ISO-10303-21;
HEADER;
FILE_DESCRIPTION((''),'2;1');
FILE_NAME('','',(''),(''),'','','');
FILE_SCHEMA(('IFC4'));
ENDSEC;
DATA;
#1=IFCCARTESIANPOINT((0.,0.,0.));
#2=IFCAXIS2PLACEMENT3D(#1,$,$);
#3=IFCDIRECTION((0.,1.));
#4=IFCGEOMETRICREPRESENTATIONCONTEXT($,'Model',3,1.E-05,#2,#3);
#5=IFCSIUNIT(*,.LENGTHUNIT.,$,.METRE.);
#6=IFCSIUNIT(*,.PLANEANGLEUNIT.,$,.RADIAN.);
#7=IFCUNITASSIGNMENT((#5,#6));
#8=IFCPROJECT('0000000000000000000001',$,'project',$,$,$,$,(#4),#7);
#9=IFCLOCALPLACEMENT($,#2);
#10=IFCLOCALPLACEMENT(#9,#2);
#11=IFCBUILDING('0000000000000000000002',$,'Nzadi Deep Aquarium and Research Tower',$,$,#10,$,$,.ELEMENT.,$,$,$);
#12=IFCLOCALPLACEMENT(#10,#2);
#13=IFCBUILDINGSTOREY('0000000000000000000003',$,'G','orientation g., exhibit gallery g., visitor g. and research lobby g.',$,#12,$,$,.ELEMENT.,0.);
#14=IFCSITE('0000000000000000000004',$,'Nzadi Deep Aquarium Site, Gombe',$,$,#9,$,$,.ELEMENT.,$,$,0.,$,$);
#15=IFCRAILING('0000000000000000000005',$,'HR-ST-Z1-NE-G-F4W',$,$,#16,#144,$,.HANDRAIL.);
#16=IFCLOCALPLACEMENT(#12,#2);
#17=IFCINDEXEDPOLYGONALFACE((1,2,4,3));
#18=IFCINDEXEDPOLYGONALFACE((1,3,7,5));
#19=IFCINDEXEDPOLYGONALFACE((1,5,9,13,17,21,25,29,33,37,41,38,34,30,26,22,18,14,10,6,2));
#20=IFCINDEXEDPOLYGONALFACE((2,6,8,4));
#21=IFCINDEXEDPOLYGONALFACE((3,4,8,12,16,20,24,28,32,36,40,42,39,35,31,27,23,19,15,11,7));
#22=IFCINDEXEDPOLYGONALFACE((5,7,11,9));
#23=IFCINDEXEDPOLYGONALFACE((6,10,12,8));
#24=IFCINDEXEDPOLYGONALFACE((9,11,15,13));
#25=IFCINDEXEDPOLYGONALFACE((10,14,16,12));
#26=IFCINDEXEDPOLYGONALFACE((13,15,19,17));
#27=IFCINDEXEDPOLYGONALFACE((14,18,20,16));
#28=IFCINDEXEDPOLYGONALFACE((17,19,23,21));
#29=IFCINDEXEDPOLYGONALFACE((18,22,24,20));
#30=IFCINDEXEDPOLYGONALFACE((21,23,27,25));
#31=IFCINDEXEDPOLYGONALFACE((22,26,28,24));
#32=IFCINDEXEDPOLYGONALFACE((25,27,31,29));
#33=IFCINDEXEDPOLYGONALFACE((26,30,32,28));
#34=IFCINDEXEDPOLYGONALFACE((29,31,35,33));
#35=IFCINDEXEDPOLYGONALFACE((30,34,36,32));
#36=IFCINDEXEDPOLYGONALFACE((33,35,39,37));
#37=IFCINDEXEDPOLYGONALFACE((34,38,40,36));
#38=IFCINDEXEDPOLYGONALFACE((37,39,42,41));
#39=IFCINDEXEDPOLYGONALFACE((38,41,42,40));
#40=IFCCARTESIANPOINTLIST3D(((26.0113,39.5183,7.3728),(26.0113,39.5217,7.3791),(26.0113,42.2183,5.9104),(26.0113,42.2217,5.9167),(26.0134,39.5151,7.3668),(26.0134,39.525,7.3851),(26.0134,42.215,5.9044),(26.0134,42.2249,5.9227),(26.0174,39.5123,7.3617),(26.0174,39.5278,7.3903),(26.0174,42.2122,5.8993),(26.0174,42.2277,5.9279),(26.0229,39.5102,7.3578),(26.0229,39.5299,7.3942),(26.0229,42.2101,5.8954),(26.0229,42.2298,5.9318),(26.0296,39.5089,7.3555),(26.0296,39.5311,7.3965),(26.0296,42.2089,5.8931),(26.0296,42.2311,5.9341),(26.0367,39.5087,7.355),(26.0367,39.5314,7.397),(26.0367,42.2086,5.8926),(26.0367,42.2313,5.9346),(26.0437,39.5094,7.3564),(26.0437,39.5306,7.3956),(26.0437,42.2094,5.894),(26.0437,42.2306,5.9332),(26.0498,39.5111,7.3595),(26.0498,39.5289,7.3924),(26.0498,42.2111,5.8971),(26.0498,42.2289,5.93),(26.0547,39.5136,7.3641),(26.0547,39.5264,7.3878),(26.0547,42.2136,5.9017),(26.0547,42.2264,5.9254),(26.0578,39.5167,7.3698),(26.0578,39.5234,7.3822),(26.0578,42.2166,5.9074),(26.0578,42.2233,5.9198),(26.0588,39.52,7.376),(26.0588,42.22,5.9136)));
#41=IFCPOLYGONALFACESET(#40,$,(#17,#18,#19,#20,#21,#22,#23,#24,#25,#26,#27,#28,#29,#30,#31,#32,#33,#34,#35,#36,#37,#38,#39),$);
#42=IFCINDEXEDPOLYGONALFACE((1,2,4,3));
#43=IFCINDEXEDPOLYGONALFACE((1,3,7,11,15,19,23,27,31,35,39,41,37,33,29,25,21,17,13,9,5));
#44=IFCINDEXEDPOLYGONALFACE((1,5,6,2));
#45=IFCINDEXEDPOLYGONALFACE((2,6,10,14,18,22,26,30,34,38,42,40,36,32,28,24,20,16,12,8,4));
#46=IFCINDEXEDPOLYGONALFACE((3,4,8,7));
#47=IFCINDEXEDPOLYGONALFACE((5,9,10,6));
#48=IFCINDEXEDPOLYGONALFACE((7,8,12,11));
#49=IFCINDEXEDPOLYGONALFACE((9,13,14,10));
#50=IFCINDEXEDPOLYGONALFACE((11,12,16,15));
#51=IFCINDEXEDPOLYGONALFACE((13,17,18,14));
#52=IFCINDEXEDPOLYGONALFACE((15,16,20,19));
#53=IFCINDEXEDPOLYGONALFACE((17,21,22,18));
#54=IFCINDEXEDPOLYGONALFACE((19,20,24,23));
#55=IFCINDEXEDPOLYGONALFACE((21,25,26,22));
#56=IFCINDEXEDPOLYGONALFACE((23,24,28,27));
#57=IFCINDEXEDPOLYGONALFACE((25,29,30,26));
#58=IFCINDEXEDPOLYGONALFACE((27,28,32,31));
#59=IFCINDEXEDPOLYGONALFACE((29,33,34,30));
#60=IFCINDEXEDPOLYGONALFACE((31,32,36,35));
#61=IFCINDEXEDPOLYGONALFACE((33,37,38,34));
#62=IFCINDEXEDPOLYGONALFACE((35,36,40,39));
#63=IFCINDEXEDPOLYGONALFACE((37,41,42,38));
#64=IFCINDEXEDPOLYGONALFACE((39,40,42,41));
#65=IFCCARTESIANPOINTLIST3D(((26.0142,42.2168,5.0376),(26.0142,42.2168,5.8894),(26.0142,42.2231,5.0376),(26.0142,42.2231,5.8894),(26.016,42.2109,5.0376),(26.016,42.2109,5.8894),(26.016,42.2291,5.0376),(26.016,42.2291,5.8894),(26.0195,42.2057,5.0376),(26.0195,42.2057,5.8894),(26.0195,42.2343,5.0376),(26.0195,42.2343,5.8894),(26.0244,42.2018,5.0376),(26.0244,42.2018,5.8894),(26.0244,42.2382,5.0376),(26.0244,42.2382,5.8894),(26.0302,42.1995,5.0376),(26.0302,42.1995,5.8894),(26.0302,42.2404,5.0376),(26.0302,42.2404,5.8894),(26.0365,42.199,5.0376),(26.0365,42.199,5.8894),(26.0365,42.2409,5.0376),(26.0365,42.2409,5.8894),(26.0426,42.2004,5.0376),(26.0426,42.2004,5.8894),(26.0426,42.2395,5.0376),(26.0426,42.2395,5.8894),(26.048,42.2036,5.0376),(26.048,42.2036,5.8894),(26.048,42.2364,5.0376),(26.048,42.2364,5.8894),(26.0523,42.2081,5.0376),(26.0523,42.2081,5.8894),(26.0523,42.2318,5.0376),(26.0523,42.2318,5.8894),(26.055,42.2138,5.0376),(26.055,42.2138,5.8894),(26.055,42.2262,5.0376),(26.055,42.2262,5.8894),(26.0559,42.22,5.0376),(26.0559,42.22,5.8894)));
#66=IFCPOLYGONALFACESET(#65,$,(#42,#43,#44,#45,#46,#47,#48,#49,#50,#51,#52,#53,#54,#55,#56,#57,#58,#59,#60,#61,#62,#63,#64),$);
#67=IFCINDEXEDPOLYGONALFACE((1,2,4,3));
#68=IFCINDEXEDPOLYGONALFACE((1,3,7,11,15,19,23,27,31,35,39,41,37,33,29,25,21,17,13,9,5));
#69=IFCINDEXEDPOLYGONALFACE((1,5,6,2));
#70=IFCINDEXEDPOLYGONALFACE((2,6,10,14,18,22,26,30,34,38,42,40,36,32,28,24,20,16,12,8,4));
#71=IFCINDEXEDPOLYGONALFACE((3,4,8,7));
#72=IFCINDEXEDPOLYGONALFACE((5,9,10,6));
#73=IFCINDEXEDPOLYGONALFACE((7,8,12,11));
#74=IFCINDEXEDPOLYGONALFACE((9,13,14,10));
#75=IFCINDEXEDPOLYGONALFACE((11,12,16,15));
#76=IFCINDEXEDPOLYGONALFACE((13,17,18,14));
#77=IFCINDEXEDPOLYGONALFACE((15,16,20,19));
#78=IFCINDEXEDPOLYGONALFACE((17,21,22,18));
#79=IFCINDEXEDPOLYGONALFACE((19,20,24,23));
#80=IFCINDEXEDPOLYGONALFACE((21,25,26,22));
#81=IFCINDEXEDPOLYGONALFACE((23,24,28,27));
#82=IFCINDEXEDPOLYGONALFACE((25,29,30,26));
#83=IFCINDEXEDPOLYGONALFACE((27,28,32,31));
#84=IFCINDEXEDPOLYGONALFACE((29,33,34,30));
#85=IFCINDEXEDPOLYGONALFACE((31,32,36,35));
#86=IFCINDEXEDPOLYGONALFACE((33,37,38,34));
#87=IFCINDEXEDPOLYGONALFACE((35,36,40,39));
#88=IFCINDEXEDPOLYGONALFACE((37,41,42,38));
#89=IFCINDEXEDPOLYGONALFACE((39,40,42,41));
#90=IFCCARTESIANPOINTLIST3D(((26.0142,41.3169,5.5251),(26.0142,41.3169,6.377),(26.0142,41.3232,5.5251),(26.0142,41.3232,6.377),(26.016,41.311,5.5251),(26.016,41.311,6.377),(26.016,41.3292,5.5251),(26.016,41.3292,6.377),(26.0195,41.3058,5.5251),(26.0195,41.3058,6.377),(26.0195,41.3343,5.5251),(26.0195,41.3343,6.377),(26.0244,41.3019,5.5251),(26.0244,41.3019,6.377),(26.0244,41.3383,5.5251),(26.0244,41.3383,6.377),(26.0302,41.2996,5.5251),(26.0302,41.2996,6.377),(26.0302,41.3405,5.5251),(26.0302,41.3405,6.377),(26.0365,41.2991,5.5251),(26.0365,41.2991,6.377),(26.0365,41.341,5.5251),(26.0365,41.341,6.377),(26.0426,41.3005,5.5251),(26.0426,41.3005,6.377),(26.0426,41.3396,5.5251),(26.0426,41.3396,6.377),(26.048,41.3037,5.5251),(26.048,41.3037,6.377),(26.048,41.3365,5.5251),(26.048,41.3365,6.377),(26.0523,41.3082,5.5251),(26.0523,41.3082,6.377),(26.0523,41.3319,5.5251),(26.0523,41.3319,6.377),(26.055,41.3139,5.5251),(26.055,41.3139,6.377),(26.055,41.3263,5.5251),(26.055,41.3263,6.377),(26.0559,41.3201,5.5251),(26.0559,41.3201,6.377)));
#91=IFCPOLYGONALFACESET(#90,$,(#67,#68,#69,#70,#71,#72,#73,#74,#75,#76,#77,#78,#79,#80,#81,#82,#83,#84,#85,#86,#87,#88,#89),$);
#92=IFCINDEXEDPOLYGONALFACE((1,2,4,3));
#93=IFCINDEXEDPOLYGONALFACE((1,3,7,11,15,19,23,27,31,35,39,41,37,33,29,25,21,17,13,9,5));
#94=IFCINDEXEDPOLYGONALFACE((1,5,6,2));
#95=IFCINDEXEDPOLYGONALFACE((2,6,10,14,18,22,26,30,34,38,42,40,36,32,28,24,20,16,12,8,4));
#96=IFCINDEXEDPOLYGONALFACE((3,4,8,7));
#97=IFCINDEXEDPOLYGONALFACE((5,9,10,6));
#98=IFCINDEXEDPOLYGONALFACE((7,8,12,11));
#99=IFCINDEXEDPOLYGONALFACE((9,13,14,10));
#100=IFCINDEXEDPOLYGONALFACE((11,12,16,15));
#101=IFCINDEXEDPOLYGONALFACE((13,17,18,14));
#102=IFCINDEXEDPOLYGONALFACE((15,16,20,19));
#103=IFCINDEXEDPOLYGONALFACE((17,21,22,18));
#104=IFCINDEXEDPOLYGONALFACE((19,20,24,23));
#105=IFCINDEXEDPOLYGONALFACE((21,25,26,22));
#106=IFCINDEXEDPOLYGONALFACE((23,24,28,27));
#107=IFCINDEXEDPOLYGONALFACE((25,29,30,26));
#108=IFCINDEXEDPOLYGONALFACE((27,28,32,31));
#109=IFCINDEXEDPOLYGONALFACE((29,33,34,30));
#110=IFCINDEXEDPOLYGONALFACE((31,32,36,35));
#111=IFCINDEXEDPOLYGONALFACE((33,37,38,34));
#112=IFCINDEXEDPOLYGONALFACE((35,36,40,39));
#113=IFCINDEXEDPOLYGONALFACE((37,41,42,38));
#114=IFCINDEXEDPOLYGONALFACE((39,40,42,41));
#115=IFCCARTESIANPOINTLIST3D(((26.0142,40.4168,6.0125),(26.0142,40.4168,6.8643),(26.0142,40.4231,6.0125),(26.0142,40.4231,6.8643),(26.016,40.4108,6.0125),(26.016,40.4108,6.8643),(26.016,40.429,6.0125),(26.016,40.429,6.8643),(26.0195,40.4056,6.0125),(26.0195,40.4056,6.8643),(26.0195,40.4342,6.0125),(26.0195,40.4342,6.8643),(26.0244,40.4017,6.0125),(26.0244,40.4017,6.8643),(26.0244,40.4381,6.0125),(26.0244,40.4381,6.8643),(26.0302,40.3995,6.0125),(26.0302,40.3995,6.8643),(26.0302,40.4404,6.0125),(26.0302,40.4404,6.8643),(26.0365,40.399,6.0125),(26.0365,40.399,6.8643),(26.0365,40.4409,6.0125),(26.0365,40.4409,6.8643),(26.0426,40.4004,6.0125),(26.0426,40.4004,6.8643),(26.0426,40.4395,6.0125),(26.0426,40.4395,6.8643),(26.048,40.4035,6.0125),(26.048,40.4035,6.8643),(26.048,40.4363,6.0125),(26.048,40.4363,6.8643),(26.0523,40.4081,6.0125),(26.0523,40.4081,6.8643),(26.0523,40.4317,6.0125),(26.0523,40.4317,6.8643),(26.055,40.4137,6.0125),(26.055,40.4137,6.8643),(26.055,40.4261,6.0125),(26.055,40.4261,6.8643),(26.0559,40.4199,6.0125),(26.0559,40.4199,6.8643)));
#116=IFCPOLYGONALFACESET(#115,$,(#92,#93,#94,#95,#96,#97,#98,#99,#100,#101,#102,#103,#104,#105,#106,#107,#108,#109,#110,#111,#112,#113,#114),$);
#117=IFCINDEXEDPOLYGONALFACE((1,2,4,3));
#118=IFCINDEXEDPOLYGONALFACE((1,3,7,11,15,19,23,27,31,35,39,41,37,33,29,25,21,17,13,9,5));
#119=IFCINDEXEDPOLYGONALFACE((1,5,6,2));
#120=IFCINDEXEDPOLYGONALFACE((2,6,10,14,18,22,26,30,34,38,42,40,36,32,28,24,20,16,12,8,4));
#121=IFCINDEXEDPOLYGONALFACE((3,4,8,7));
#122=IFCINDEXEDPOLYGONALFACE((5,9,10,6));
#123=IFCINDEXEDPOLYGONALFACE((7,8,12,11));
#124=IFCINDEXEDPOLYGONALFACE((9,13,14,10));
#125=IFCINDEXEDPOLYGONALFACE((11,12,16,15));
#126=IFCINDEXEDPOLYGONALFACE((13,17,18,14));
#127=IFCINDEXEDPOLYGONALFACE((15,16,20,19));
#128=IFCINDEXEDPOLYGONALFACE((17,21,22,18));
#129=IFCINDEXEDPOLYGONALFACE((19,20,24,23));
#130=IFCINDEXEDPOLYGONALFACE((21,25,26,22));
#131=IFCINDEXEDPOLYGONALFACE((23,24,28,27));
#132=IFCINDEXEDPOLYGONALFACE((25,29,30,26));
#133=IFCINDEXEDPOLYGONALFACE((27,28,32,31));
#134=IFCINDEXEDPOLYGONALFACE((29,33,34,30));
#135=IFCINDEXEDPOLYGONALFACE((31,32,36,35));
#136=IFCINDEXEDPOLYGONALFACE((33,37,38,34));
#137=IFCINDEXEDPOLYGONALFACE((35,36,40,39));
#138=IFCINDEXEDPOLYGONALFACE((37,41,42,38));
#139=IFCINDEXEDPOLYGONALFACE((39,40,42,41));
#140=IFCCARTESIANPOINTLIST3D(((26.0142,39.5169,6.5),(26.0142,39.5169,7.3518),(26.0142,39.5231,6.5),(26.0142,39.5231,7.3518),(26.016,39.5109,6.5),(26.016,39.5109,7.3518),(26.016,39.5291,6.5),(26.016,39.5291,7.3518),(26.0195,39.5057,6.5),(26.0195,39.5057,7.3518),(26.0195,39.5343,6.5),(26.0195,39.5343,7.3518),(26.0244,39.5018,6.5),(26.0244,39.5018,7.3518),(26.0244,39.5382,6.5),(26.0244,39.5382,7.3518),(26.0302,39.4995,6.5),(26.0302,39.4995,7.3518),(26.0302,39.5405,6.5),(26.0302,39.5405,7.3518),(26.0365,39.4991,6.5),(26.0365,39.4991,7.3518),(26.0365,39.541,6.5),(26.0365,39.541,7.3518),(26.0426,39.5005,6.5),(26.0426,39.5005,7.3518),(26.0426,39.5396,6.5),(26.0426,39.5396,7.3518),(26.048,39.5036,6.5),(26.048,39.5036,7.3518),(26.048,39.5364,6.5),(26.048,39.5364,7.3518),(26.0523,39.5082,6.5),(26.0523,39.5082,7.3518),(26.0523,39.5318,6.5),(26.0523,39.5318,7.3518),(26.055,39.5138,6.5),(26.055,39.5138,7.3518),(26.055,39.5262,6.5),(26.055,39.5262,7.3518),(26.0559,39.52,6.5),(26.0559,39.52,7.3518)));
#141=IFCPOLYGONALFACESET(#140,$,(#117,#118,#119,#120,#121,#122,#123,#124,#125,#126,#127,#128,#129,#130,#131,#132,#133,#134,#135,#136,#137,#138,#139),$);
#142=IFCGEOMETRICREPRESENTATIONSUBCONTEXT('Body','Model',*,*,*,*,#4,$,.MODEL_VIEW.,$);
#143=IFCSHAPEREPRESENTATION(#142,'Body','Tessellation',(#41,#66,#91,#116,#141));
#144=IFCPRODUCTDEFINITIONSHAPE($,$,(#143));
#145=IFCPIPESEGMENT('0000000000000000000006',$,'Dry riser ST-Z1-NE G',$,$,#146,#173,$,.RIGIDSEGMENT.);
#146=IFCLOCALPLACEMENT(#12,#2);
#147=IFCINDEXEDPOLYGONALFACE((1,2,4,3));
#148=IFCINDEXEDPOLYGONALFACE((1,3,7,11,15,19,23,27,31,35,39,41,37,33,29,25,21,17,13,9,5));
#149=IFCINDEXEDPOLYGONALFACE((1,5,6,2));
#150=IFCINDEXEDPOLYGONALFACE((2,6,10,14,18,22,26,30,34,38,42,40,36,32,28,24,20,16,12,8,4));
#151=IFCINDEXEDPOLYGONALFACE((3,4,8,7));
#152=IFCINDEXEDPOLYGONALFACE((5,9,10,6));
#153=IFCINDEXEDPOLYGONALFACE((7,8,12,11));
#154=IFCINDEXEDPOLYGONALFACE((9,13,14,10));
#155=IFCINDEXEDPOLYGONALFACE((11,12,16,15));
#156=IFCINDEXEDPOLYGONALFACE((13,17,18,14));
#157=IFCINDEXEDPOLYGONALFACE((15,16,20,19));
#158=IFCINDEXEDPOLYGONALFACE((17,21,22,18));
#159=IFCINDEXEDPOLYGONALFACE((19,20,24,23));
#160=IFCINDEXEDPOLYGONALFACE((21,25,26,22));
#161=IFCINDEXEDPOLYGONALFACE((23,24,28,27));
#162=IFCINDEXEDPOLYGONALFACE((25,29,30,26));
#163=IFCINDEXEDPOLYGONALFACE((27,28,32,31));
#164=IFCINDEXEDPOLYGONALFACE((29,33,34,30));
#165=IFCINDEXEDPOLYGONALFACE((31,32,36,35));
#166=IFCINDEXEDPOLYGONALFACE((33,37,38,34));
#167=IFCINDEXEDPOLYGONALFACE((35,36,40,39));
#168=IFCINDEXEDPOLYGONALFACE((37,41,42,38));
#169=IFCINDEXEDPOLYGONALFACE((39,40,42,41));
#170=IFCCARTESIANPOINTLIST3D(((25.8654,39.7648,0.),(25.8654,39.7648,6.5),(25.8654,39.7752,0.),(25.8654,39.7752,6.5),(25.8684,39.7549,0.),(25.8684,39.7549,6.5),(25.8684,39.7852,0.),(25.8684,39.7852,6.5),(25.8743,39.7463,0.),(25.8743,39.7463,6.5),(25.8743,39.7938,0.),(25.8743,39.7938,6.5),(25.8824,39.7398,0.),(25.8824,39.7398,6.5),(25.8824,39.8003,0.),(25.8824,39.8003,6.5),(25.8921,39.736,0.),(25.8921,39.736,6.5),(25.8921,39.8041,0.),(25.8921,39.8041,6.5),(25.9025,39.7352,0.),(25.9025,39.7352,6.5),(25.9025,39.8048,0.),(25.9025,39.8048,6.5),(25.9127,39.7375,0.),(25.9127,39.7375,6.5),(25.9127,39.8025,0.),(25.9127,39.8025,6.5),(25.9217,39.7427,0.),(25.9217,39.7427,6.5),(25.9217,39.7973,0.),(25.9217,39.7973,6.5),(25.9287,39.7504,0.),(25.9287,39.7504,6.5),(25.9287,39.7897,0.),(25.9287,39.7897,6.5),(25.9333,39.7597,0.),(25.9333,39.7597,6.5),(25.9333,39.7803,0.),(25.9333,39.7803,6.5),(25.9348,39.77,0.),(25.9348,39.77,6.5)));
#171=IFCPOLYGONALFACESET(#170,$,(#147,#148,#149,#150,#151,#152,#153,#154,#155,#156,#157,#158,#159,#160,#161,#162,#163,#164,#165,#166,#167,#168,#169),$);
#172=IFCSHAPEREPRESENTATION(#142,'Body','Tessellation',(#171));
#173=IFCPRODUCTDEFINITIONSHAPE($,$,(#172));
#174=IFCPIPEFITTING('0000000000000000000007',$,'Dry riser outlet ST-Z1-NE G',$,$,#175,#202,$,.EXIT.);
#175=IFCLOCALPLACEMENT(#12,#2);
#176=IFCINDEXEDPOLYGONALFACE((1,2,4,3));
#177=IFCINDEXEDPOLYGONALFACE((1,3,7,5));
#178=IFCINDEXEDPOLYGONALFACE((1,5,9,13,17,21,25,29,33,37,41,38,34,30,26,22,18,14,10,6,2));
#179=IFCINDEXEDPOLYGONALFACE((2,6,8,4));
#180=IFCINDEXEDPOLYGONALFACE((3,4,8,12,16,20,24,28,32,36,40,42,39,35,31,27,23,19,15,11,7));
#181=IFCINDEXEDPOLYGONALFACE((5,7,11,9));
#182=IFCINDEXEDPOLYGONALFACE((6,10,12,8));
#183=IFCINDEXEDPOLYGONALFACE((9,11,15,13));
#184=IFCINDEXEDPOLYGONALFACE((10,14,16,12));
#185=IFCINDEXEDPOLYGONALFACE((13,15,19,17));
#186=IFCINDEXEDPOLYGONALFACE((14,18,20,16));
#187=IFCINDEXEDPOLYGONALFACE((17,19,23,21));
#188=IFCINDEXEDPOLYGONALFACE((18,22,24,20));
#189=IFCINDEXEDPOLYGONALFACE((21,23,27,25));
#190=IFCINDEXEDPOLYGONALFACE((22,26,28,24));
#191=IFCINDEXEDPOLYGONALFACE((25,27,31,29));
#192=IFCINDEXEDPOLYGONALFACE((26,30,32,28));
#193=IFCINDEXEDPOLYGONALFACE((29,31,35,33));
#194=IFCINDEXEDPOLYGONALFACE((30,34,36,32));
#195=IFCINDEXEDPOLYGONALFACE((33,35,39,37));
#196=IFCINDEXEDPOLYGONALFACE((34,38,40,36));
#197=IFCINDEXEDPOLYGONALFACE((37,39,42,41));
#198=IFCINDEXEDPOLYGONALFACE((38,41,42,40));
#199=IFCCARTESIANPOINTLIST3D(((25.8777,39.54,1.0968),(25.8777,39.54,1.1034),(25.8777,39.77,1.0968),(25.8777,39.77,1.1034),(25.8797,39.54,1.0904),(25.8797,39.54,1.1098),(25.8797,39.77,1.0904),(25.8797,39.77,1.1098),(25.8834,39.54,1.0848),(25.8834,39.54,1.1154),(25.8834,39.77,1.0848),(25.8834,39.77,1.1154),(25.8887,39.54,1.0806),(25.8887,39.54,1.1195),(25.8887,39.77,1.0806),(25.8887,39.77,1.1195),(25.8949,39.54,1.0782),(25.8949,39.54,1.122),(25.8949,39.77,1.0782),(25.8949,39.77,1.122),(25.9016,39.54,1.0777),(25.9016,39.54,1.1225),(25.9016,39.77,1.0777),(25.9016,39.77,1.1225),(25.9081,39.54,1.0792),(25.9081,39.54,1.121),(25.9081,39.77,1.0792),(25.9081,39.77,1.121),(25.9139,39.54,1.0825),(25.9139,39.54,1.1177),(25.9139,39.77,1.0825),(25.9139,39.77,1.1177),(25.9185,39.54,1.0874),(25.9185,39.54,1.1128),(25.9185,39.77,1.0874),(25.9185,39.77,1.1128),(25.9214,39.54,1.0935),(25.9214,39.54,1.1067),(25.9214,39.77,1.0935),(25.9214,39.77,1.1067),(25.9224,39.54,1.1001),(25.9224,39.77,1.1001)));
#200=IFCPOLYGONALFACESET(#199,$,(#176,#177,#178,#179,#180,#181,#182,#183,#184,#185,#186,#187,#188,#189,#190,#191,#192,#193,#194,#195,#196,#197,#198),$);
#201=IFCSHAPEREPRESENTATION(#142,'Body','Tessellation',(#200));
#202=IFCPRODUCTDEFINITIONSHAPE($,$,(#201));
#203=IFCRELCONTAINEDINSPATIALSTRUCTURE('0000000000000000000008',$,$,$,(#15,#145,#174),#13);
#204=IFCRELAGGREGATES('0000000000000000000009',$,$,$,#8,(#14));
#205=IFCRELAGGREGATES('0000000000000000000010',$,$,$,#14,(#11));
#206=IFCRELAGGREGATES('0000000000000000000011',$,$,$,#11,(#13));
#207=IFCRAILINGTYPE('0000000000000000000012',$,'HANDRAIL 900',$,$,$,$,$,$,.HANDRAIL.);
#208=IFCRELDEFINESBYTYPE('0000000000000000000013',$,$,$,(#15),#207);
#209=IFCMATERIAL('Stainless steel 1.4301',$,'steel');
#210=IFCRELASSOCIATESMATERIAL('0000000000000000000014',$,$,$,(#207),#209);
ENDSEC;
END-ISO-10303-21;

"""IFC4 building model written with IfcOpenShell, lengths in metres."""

from ifc_helpers import new_model, si_unit, direction, frame, origin, origin_2d, place, context, subcontext, project, spatial, circle, extrude, material, type_object, element, save


model = new_model("IFC4")

# Units and contexts
model_context = context("Model", 3, precision=1e-05, world=origin(), true_north=direction((0.0, 1.0)))
body_context = subcontext(model_context, "Body", "Model", "MODEL_VIEW")
ifc_project = project(units=[si_unit("LENGTHUNIT", "METRE"), si_unit("PLANEANGLEUNIT", "RADIAN")], contexts=[model_context])

# Site, building, storey
site_placement = place(None, origin())
site = spatial("IfcSite", under=ifc_project, at=site_placement, Name="Nzadi Deep Aquarium Site, Gombe", CompositionType="ELEMENT", RefElevation=0.0)
building_placement = place(site_placement, origin())
building = spatial("IfcBuilding", under=site, at=building_placement, Name="Nzadi Deep Aquarium and Research Tower", CompositionType="ELEMENT")
storey_placement = place(building_placement, origin())
storey = spatial("IfcBuildingStorey", under=building, at=storey_placement, Name="G", Description="orientation g., exhibit gallery g., visitor g. and research lobby g.", CompositionType="ELEMENT", Elevation=0.0)

# Railing
ifc_material_1 = material(Name="Stainless steel 1.4301", Category="steel")
railing_type = type_object("IfcRailingType", Name="HANDRAIL 900", PredefinedType="HANDRAIL", material=ifc_material_1)
for number, where, name in (
    (1, (26.0349, 42.22, 5.0376), "HR-ST-Z1-NE-G-F4W"),
):
    element("IfcRailing", number, at=place(storey_placement, frame(where)), inside=storey, type_object=railing_type, Name=name, PredefinedType="HANDRAIL", context=body_context, shape_type="SweptSolid", body=[
        extrude(circle(Radius=0.0239, at=origin_2d()), frame((0.0, 0.0, 0.876), z_axis=(0.0, -0.879302, 0.476265), x_axis=(1.0, 0.0, 0.0)), (0.0, 0.0, 1.0), 3.0706),
        extrude(circle(Radius=0.021, at=origin_2d()), origin(), (0.0, 0.0, 1.0), 0.8518),
        extrude(circle(Radius=0.021, at=origin_2d()), frame((0.0, -0.8999, 0.4875)), (0.0, 0.0, 1.0), 0.8518),
        extrude(circle(Radius=0.021, at=origin_2d()), frame((0.0, -1.8, 0.9749)), (0.0, 0.0, 1.0), 0.8518),
        extrude(circle(Radius=0.021, at=origin_2d()), frame((0.0, -2.7, 1.4624)), (0.0, 0.0, 1.0), 0.8518),
    ])

# Pipe segment
pipe_segment_placement = place(storey_placement, frame((25.8999, 39.77, 0.0), z_axis=(0.0, 0.0, 1.0), x_axis=(1.0, 0.0, 0.0)))
element("IfcPipeSegment", 2, at=pipe_segment_placement, inside=storey, Name="Dry riser ST-Z1-NE G", PredefinedType="RIGIDSEGMENT", context=body_context, shape_type="SweptSolid", body=[
    extrude(circle(Radius=0.0349, at=origin_2d()), origin(), (0.0, 0.0, 1.0), 6.5),
])

# Pipe fitting
pipe_fitting_placement = place(storey_placement, frame((25.8999, 39.77, 1.1001), z_axis=(0.0, -1.0, 0.0), x_axis=(1.0, 0.0, 0.0)))
element("IfcPipeFitting", 3, at=pipe_fitting_placement, inside=storey, Name="Dry riser outlet ST-Z1-NE G", PredefinedType="EXIT", context=body_context, shape_type="SweptSolid", body=[
    extrude(circle(Radius=0.0225, at=origin_2d()), origin(), (0.0, 0.0, 1.0), 0.23),
])

save(model, "model.ifc")
